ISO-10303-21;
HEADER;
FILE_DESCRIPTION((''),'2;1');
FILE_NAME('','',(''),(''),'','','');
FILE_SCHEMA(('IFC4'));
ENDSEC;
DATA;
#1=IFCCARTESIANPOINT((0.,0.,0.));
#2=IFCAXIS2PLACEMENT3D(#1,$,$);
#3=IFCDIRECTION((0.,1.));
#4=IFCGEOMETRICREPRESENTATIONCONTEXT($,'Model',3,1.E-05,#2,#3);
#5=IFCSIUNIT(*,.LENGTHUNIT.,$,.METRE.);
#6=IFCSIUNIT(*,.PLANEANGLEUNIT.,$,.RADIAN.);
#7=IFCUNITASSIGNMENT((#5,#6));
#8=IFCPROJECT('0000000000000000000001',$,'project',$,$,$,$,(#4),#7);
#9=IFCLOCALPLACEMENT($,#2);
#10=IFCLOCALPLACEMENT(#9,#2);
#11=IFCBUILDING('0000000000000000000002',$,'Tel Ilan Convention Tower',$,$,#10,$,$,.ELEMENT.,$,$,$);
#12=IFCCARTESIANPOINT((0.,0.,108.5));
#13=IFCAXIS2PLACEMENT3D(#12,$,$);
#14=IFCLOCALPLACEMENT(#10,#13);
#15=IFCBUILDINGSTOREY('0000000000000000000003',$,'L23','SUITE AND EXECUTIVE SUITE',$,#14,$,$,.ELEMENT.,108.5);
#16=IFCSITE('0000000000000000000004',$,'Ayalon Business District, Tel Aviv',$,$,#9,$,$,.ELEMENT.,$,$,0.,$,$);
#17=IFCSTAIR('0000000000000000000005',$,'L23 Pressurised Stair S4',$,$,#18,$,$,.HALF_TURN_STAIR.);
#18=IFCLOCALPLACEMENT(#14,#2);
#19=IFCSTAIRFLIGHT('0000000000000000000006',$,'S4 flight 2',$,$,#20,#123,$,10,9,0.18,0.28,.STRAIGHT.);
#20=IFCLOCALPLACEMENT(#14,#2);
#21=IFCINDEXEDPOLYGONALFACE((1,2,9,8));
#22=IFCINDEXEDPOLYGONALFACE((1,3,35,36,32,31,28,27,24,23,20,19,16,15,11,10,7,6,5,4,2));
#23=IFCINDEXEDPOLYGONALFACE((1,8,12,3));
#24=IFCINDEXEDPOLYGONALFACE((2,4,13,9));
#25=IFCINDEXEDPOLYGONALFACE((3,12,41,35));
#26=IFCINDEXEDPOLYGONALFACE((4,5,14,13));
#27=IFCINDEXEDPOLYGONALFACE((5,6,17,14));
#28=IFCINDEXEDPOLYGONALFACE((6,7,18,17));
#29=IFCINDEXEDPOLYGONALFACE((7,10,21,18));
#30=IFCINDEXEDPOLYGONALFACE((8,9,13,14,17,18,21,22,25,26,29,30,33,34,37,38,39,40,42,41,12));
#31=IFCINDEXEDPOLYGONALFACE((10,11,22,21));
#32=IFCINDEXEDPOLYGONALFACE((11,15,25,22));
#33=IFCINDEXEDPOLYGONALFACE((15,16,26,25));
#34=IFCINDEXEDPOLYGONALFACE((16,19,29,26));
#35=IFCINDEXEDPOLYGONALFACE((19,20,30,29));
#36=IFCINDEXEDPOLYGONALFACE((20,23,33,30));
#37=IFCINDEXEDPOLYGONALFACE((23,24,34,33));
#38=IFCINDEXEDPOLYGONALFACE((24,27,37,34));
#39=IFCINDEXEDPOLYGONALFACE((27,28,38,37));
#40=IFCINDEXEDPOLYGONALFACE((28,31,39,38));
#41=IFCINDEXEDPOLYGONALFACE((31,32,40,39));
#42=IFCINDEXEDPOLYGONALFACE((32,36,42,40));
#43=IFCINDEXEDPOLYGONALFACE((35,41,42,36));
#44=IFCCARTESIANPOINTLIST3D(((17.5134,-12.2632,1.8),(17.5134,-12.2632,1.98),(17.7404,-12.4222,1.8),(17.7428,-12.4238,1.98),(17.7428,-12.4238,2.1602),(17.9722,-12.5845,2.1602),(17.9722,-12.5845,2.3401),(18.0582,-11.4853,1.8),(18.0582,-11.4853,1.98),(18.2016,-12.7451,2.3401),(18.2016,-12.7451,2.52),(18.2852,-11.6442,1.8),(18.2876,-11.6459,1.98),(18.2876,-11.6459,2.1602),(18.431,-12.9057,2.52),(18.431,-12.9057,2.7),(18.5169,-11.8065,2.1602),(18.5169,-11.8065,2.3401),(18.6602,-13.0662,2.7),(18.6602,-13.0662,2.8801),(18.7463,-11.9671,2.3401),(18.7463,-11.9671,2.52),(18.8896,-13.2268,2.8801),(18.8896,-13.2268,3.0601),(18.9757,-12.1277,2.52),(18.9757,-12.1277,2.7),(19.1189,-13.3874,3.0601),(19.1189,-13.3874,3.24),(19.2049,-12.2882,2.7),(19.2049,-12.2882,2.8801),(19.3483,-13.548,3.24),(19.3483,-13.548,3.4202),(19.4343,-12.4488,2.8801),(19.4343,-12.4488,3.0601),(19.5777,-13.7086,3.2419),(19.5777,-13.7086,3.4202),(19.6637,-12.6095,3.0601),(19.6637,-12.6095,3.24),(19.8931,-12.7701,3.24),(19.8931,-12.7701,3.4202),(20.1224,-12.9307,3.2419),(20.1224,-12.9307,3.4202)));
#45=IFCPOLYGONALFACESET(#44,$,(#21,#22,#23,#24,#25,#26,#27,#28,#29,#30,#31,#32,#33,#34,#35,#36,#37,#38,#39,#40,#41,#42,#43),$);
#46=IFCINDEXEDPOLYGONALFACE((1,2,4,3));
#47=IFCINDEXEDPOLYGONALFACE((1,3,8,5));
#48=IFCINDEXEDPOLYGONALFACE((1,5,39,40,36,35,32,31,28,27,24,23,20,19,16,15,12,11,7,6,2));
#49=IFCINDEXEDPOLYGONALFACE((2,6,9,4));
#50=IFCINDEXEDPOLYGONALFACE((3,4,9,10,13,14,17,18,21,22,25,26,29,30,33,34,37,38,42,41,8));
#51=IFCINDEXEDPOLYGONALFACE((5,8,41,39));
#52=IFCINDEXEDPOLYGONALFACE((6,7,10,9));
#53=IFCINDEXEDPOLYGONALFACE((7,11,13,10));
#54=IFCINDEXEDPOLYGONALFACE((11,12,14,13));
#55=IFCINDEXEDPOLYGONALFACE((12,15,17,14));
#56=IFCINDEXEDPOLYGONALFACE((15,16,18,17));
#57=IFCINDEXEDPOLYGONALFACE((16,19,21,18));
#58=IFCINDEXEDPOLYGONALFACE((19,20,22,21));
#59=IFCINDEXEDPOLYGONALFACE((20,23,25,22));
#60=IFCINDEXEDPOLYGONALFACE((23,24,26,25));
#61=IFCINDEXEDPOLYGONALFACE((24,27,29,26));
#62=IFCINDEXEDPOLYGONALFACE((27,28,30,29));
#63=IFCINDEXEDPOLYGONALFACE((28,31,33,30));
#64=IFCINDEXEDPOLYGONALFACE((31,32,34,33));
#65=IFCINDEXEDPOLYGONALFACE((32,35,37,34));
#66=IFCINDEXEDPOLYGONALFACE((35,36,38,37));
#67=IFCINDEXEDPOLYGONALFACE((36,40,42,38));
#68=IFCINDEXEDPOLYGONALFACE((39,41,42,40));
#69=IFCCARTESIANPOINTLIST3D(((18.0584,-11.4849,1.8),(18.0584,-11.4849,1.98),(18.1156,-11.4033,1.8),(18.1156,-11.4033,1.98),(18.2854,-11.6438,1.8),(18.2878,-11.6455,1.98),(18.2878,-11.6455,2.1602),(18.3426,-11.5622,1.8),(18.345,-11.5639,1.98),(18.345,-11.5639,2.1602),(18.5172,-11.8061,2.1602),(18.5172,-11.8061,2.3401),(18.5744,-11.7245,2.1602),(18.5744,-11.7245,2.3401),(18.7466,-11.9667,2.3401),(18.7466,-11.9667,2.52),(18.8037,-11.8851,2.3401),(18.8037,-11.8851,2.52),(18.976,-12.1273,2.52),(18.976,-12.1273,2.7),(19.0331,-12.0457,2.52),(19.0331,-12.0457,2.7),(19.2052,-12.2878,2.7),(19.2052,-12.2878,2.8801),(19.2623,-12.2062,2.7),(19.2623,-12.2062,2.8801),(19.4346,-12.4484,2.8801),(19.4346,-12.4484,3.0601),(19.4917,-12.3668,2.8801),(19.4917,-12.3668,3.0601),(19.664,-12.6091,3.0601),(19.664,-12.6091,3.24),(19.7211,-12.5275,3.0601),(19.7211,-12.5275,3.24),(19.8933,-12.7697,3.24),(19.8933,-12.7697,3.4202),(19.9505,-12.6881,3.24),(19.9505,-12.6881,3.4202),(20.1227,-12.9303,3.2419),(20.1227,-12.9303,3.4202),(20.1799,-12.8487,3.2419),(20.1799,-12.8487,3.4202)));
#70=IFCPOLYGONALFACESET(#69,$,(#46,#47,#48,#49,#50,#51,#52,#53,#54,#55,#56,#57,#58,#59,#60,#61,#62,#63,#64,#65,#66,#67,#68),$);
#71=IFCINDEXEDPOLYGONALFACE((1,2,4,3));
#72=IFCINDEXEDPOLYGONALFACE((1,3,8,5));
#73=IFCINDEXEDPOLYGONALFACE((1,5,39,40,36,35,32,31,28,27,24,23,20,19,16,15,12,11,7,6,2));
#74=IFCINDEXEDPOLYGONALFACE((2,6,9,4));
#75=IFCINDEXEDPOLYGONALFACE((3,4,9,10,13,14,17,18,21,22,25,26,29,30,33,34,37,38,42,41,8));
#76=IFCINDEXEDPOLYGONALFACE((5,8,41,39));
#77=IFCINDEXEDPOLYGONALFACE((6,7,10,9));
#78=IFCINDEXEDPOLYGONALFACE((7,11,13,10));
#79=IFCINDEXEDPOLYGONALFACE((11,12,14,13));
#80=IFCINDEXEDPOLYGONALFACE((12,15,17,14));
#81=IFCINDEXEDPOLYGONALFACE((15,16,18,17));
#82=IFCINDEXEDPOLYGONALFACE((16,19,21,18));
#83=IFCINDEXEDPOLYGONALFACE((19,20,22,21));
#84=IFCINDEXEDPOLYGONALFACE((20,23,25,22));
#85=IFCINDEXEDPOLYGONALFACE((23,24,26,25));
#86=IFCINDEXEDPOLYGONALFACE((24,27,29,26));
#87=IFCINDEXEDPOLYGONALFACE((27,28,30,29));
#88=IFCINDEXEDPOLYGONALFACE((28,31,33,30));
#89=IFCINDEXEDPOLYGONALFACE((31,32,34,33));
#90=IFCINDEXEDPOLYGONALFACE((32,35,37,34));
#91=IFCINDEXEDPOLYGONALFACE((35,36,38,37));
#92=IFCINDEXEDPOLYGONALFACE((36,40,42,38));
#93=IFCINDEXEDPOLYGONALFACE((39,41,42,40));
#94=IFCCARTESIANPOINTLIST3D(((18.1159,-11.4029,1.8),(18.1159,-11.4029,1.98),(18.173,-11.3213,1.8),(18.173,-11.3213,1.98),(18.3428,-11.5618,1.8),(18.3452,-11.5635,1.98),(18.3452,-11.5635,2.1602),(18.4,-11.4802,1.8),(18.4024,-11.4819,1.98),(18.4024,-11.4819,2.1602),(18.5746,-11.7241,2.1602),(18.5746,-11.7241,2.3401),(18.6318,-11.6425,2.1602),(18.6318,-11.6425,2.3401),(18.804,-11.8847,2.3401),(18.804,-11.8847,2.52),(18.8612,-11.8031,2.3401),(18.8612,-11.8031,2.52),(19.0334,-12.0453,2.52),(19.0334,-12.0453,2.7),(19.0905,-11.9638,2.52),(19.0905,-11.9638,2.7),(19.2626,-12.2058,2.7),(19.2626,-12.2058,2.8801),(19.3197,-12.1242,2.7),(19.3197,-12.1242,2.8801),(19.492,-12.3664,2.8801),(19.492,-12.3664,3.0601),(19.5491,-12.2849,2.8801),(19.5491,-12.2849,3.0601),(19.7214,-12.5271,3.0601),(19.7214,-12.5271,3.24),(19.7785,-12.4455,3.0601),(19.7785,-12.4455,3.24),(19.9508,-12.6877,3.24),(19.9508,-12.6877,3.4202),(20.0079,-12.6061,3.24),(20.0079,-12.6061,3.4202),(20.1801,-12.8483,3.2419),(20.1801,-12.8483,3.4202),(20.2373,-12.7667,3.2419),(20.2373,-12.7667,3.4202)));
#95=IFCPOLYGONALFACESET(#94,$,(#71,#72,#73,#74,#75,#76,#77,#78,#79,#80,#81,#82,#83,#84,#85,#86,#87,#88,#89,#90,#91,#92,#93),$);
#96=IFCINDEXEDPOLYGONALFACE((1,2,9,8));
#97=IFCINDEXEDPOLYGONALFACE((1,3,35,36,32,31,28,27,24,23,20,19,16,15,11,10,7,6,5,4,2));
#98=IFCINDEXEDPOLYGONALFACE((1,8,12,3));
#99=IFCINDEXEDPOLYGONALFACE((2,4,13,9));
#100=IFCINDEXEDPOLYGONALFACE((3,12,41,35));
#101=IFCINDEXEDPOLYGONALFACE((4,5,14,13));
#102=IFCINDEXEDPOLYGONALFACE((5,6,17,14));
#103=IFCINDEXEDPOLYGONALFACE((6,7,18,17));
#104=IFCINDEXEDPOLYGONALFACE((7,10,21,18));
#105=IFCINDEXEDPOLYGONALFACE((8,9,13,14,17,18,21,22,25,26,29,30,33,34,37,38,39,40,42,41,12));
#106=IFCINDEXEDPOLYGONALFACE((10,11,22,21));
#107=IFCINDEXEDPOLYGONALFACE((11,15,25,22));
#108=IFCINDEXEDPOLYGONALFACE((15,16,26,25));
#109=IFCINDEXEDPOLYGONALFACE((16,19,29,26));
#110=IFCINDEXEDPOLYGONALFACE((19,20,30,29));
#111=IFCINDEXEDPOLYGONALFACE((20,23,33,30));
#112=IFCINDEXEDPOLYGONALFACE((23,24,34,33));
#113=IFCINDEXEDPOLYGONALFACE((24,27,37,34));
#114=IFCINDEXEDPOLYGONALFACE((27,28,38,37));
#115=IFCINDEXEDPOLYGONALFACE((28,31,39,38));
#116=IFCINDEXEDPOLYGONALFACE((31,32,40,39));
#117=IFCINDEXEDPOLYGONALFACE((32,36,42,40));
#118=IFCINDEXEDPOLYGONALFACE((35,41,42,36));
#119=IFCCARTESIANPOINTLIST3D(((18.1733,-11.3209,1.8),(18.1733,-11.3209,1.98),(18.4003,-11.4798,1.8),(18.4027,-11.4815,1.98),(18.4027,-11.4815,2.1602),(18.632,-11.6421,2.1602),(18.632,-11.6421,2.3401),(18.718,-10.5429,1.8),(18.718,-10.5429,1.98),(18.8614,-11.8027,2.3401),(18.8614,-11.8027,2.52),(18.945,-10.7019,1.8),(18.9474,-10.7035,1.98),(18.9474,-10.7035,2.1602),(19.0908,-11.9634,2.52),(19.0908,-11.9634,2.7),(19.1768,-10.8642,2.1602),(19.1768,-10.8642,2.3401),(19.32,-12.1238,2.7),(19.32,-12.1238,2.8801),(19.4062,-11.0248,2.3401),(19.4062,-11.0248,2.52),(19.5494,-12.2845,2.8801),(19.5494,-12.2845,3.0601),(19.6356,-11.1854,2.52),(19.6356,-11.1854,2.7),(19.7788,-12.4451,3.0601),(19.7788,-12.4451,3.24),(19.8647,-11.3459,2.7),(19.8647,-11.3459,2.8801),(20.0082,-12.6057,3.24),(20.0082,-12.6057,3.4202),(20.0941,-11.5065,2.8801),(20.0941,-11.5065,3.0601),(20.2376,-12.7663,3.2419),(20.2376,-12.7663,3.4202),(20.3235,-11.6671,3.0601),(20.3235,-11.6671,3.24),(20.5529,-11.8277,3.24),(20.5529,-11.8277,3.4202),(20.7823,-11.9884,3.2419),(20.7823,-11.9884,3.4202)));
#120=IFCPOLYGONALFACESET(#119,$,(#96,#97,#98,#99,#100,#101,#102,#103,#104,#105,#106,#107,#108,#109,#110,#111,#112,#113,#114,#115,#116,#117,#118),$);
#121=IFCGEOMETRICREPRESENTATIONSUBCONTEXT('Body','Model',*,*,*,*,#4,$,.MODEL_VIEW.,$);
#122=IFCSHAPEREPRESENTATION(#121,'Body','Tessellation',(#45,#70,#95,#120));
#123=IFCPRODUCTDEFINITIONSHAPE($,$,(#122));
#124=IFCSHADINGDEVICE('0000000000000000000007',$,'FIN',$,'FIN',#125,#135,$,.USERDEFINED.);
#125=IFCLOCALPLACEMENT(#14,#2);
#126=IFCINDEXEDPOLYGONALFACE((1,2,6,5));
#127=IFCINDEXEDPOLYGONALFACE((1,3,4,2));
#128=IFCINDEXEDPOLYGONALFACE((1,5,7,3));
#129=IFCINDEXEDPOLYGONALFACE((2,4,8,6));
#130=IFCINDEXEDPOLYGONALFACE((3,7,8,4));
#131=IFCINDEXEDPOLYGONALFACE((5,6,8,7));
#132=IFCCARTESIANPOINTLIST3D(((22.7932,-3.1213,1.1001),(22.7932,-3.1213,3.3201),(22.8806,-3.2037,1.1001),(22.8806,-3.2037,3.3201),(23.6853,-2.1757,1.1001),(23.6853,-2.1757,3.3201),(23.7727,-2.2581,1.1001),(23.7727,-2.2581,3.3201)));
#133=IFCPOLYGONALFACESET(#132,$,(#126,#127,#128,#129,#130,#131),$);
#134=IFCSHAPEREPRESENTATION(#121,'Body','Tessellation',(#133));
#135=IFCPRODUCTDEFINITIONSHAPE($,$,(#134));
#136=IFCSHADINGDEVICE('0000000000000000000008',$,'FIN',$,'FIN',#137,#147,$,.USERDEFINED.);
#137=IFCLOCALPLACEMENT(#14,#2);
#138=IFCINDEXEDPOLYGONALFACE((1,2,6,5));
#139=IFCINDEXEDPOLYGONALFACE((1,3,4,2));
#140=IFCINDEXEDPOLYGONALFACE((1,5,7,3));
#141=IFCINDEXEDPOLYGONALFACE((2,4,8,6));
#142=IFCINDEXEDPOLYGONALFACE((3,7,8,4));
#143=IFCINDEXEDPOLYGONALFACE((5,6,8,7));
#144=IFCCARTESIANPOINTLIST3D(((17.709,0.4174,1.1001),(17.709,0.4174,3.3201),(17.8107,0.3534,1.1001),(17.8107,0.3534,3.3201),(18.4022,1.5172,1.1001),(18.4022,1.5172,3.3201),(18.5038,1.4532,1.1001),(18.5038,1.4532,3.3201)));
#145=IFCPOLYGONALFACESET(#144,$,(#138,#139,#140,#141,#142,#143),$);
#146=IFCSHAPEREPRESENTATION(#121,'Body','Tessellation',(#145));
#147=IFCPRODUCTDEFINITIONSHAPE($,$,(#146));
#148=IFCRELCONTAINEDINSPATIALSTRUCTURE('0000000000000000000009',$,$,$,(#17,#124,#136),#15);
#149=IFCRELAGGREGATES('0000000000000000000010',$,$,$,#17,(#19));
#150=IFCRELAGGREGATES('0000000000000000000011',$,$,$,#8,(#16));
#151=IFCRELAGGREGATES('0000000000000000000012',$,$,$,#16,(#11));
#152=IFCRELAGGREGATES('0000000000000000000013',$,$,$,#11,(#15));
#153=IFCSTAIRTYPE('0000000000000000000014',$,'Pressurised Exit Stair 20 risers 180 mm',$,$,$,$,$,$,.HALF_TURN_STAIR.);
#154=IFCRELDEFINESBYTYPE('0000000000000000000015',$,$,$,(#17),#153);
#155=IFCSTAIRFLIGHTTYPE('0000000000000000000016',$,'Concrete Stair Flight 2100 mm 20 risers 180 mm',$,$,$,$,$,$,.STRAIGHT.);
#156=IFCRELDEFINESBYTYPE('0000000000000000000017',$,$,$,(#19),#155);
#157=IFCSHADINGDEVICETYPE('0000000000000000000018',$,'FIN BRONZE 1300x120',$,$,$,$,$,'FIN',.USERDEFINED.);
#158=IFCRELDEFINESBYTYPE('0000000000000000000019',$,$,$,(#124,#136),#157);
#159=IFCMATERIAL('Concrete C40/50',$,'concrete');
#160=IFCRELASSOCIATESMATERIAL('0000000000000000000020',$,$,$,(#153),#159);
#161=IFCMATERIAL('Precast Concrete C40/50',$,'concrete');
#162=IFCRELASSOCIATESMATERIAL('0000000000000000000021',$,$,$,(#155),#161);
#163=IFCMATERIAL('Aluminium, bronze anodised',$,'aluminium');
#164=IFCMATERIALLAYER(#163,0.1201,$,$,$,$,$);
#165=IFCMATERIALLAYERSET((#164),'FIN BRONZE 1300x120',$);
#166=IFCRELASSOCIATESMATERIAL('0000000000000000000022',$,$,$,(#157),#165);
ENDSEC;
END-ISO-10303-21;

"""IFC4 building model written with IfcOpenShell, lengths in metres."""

from ifc_helpers import new_model, si_unit, direction, frame, origin, origin_2d, place, context, subcontext, project, spatial, polyline, rectangle, outline, extrude, material, layer, layer_set, type_object, element, aggregate, save


model = new_model("IFC4")

# Units and contexts
model_context = context("Model", 3, precision=1e-05, world=origin(), true_north=direction((0.0, 1.0)))
body_context = subcontext(model_context, "Body", "Model", "MODEL_VIEW")
ifc_project = project(units=[si_unit("LENGTHUNIT", "METRE"), si_unit("PLANEANGLEUNIT", "RADIAN")], contexts=[model_context])

# Site, building, storey
site_placement = place(None, origin())
site = spatial("IfcSite", under=ifc_project, at=site_placement, Name="Ayalon Business District, Tel Aviv", CompositionType="ELEMENT", RefElevation=0.0)
building_placement = place(site_placement, origin())
building = spatial("IfcBuilding", under=site, at=building_placement, Name="Tel Ilan Convention Tower", CompositionType="ELEMENT")
storey_placement = place(building_placement, frame((0.0, 0.0, 108.5)))
storey = spatial("IfcBuildingStorey", under=building, at=storey_placement, Name="L23", Description="SUITE AND EXECUTIVE SUITE", CompositionType="ELEMENT", Elevation=108.5)

# Shared definitions
ifc_material_1 = material(Name="Concrete C40/50", Category="concrete")
stair_type = type_object("IfcStairType", Name="Pressurised Exit Stair 20 risers 180 mm", PredefinedType="HALF_TURN_STAIR", material=ifc_material_1)
ifc_material_2 = material(Name="Precast Concrete C40/50", Category="concrete")
stair_flight_type = type_object("IfcStairFlightType", Name="Concrete Stair Flight 2100 mm 20 risers 180 mm", PredefinedType="STRAIGHT", material=ifc_material_2)

# Stair, stair flight
stair_1_placement = place(storey_placement, origin())
stair_1 = element("IfcStair", 1, at=stair_1_placement, inside=storey, type_object=stair_type, Name="L23 Pressurised Stair S4", PredefinedType="HALF_TURN_STAIR")
stair_flight_1_placement = place(storey_placement, frame((18.1157, -11.4031, 1.8), z_axis=(0.0, 0.0, 1.0), x_axis=(0.819152, -0.573576, 0.0)))
stair_flight_1 = element("IfcStairFlight", 2, at=stair_flight_1_placement, type_object=stair_flight_type, Name="S4 flight 2", NumberOfRisers=10, NumberOfTreads=9, PredefinedType="STRAIGHT", RiserHeight=0.18, TreadLength=0.28, context=body_context, shape_type="SweptSolid", body=[
    extrude(outline(polyline([(0.0, 0.0), (0.0, 0.1799), (0.28, 0.1799), (0.28, 0.3601), (0.5601, 0.3601), (0.5601, 0.54), (0.8401, 0.54), (0.8401, 0.72), (1.1201, 0.72), (1.1201, 0.8999), (1.3999, 0.8999), (1.3999, 1.0801), (1.6799, 1.0801), (1.6799, 1.26), (1.96, 1.26), (1.96, 1.4399), (2.24, 1.4399), (2.24, 1.6201), (2.52, 1.6201), (2.52, 1.8), (2.52, 1.4419), (0.2771, 0.0), (0.0, 0.0)])), frame((0.0, -0.1003, 0.0), z_axis=(0.0, -1.0, 0.0), x_axis=(1.0, 0.0, 0.0)), (0.0, 0.0, 1.0), 0.9497),
    extrude(outline(polyline([(0.0, 0.0), (0.0, 0.1799), (0.28, 0.1799), (0.28, 0.3601), (0.5601, 0.3601), (0.5601, 0.54), (0.8401, 0.54), (0.8401, 0.72), (1.1201, 0.72), (1.1201, 0.8999), (1.3999, 0.8999), (1.3999, 1.0801), (1.6799, 1.0801), (1.6799, 1.26), (1.96, 1.26), (1.96, 1.4399), (2.24, 1.4399), (2.24, 1.6201), (2.52, 1.6201), (2.52, 1.8), (2.52, 1.4419), (0.2771, 0.0), (0.0, 0.0)])), frame((0.0, -0.0002, 0.0), z_axis=(0.0, -1.0, 0.0), x_axis=(1.0, 0.0, 0.0)), (0.0, 0.0, 1.0), 0.0996),
    extrude(outline(polyline([(0.0, 0.0), (0.0, 0.1799), (0.28, 0.1799), (0.28, 0.3601), (0.5601, 0.3601), (0.5601, 0.54), (0.8401, 0.54), (0.8401, 0.72), (1.1201, 0.72), (1.1201, 0.8999), (1.3999, 0.8999), (1.3999, 1.0801), (1.6799, 1.0801), (1.6799, 1.26), (1.96, 1.26), (1.96, 1.4399), (2.24, 1.4399), (2.24, 1.6201), (2.52, 1.6201), (2.52, 1.8), (2.52, 1.4419), (0.2771, 0.0), (0.0, 0.0)])), frame((0.0, 0.0999, 0.0), z_axis=(0.0, -1.0, 0.0), x_axis=(1.0, 0.0, 0.0)), (0.0, 0.0, 1.0), 0.0996),
    extrude(outline(polyline([(0.0, 0.0), (0.0, 0.1799), (0.28, 0.1799), (0.28, 0.3601), (0.5601, 0.3601), (0.5601, 0.54), (0.8401, 0.54), (0.8401, 0.72), (1.1201, 0.72), (1.1201, 0.8999), (1.3999, 0.8999), (1.3999, 1.0801), (1.6799, 1.0801), (1.6799, 1.26), (1.96, 1.26), (1.96, 1.4399), (2.24, 1.4399), (2.24, 1.6201), (2.52, 1.6201), (2.52, 1.8), (2.52, 1.4419), (0.2771, 0.0), (0.0, 0.0)])), frame((0.0, 1.05, 0.0), z_axis=(0.0, -1.0, 0.0), x_axis=(1.0, 0.0, 0.0)), (0.0, 0.0, 1.0), 0.9497),
])
aggregate(stair_1, [stair_flight_1])

# Shading devices
ifc_material_3 = material(Name="Aluminium, bronze anodised", Category="aluminium")
ifc_layer_1 = layer(ifc_material_3, 0.1201)
ifc_layer_set_1 = layer_set([ifc_layer_1], Name="FIN BRONZE 1300x120")
shading_device_type = type_object("IfcShadingDeviceType", Name="FIN BRONZE 1300x120", ElementType="FIN", PredefinedType="USERDEFINED", material=ifc_layer_set_1)
for number, where, z_axis, x_axis, name in (
    (3, (23.283, -2.6897, 1.1001), (0.0, 0.0, 1.0), (0.686242, 0.727374, 0.0), "FIN"),
    (4, (18.1064, 0.9353, 1.1001), (0.0, 0.0, 1.0), (0.533204, 0.845986, 0.0), "FIN"),
):
    element("IfcShadingDevice", number, at=place(storey_placement, frame(where, z_axis=z_axis, x_axis=x_axis)), inside=storey, type_object=shading_device_type, Name=name, ObjectType="FIN", PredefinedType="USERDEFINED", context=body_context, shape_type="SweptSolid", body=[
        extrude(rectangle(XDim=1.3, YDim=0.1201, at=origin_2d()), origin(), (0.0, 0.0, 1.0), 2.22),
    ])

save(model, "model.ifc")
